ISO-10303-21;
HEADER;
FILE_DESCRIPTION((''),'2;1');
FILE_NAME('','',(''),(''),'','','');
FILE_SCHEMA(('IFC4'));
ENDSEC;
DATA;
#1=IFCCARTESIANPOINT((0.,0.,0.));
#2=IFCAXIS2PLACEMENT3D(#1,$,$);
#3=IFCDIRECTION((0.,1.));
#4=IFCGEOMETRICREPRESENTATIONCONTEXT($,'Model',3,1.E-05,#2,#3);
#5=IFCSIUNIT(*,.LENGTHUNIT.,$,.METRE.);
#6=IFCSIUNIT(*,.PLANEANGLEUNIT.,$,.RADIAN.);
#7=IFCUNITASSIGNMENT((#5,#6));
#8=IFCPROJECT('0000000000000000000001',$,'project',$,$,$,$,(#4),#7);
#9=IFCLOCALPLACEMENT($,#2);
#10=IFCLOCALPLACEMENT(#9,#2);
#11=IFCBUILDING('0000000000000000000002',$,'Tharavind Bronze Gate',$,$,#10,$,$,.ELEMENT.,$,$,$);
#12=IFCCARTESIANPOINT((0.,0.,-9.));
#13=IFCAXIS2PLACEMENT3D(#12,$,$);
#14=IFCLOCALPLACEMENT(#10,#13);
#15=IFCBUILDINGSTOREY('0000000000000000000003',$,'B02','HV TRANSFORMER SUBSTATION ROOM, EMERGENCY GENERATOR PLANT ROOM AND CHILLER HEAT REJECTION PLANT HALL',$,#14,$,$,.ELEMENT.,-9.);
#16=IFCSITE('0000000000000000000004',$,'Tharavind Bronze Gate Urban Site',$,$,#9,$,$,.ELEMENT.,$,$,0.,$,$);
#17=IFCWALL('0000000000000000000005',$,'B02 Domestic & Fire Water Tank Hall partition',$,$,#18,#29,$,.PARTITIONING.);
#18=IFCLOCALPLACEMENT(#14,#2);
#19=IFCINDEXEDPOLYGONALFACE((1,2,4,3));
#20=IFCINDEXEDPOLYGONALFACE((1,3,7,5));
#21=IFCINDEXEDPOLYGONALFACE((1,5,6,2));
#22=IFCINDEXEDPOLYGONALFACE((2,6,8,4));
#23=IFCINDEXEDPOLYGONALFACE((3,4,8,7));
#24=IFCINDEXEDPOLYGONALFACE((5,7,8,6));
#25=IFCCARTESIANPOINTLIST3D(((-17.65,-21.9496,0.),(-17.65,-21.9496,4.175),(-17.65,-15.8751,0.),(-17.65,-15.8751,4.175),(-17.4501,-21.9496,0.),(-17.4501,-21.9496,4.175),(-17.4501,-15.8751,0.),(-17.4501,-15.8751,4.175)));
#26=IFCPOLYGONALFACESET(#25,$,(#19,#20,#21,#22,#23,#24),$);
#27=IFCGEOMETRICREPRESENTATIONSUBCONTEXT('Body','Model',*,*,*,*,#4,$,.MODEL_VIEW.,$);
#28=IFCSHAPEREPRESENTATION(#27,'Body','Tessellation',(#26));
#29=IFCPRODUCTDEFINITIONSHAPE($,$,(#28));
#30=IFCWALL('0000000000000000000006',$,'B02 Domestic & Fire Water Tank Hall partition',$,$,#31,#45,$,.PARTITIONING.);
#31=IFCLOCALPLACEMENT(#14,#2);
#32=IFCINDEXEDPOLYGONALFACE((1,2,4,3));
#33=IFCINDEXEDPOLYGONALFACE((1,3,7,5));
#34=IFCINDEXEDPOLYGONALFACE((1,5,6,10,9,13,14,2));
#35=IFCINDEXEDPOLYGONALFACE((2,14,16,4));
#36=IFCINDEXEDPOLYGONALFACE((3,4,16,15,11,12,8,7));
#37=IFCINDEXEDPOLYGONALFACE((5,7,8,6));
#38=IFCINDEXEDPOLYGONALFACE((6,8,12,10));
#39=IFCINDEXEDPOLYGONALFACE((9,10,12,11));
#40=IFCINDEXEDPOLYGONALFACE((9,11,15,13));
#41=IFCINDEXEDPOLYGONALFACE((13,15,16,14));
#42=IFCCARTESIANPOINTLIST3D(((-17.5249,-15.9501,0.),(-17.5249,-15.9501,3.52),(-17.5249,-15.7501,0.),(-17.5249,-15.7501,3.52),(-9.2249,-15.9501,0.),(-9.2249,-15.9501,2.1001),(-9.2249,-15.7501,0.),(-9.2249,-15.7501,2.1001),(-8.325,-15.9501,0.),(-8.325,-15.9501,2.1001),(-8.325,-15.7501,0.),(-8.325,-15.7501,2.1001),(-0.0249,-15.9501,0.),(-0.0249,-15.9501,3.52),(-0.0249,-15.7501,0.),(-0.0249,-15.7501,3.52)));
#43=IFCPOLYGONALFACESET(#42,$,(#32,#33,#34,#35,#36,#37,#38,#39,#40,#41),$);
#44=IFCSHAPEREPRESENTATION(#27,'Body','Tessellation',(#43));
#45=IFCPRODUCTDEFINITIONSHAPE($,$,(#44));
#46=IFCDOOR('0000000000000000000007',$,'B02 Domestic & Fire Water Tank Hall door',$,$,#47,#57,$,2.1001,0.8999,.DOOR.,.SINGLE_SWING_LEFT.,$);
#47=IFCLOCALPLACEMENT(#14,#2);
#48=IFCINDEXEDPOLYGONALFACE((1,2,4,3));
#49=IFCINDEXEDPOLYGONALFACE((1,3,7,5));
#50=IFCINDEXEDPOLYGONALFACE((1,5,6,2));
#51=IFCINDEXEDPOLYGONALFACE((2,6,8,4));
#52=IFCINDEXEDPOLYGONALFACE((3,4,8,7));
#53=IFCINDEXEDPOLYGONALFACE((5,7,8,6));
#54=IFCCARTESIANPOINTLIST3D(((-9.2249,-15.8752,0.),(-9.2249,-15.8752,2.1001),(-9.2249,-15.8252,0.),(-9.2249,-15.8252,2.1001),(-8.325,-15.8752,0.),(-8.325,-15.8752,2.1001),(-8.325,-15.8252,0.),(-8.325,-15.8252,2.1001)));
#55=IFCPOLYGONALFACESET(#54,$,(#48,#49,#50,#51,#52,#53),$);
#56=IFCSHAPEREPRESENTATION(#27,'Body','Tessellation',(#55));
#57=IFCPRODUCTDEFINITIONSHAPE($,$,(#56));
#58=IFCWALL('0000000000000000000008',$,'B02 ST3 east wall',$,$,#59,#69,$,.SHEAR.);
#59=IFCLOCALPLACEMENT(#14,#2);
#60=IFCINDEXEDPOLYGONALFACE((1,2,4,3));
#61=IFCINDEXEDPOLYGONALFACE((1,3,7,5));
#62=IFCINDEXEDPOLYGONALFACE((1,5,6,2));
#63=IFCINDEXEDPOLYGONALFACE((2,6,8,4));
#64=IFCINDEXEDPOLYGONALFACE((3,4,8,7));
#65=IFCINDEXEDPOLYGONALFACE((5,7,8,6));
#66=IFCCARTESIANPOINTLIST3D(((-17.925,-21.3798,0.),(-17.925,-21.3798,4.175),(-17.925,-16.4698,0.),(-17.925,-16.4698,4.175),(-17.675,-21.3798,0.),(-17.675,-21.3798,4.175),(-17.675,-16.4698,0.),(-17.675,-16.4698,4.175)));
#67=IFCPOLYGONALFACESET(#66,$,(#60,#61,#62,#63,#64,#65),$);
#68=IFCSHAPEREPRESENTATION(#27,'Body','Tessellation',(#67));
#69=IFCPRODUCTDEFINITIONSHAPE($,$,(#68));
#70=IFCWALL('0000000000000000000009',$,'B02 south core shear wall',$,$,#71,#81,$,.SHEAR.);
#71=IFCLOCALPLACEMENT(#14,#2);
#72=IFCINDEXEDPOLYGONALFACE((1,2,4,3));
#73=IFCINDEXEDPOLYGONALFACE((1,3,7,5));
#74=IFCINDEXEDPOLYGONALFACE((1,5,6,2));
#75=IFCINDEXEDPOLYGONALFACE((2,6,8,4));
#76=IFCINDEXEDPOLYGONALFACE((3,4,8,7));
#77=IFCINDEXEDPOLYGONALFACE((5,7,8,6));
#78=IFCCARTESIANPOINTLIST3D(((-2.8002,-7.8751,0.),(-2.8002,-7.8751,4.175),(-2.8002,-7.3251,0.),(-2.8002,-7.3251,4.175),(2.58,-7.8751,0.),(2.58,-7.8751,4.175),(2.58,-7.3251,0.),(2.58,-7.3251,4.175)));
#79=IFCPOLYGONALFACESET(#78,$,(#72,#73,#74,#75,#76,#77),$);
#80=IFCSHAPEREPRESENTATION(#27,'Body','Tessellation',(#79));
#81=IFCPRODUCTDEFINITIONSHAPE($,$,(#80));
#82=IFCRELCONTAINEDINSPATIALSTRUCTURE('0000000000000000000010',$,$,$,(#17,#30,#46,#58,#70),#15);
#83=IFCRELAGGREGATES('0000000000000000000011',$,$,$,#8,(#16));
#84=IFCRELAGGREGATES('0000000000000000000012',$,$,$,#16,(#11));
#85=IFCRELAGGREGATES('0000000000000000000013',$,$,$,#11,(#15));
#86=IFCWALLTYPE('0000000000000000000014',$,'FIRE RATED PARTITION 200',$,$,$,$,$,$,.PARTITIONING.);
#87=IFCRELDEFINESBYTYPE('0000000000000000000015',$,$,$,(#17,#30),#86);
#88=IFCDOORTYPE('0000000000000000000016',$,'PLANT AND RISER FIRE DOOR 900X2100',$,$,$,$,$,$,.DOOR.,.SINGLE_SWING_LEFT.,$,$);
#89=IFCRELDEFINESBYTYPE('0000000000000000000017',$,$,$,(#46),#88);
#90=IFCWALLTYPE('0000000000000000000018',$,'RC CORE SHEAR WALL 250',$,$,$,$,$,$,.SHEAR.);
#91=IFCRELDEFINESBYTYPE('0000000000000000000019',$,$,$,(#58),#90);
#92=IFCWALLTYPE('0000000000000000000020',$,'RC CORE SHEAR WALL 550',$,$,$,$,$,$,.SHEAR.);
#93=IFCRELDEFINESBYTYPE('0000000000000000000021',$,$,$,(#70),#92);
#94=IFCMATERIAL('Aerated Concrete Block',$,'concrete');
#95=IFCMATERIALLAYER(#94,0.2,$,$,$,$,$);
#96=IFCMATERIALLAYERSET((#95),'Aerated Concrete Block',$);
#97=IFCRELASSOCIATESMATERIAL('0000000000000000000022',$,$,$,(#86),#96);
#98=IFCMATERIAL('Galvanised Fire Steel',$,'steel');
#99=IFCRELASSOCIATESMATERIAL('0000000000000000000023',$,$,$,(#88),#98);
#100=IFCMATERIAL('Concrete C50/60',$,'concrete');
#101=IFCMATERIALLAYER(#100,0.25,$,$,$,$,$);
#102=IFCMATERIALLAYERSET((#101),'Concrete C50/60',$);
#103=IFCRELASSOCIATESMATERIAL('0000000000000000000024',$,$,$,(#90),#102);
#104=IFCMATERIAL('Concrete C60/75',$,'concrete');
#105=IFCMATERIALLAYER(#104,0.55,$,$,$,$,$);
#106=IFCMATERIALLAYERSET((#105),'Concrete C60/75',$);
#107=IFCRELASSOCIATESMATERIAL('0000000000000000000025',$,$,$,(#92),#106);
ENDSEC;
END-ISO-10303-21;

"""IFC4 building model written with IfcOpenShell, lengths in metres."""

from ifc_helpers import new_model, si_unit, direction, frame, frame_2d, origin, place, context, subcontext, project, spatial, rectangle, extrude, material, layer, layer_set, type_object, element, fill, save


model = new_model("IFC4")

# Units and contexts
model_context = context("Model", 3, precision=1e-05, world=origin(), true_north=direction((0.0, 1.0)))
body_context = subcontext(model_context, "Body", "Model", "MODEL_VIEW")
ifc_project = project(units=[si_unit("LENGTHUNIT", "METRE"), si_unit("PLANEANGLEUNIT", "RADIAN")], contexts=[model_context])

# Site, building, storey
site_placement = place(None, origin())
site = spatial("IfcSite", under=ifc_project, at=site_placement, Name="Tharavind Bronze Gate Urban Site", CompositionType="ELEMENT", RefElevation=0.0)
building_placement = place(site_placement, origin())
building = spatial("IfcBuilding", under=site, at=building_placement, Name="Tharavind Bronze Gate", CompositionType="ELEMENT")
storey_placement = place(building_placement, frame((0.0, 0.0, -9.0)))
storey = spatial("IfcBuildingStorey", under=building, at=storey_placement, Name="B02", Description="HV TRANSFORMER SUBSTATION ROOM, EMERGENCY GENERATOR PLANT ROOM AND CHILLER HEAT REJECTION PLANT HALL", CompositionType="ELEMENT", Elevation=-9.0)

# Shared definitions
ifc_material_1 = material(Name="Concrete C50/60", Category="concrete")

# Wall
ifc_material_2 = material(Name="Aerated Concrete Block", Category="concrete")
ifc_layer_1 = layer(ifc_material_2, 0.2)
ifc_layer_set_1 = layer_set([ifc_layer_1], Name="Aerated Concrete Block")
wall_type_1 = type_object("IfcWallType", Name="FIRE RATED PARTITION 200", PredefinedType="PARTITIONING", material=ifc_layer_set_1)
wall_1_placement = place(storey_placement, frame((-17.55, -21.9495, 0.0), z_axis=(0.0, 0.0, 1.0), x_axis=(0.0, 1.0, 0.0)))
element("IfcWall", 1, at=wall_1_placement, inside=storey, type_object=wall_type_1, Name="B02 Domestic & Fire Water Tank Hall partition", PredefinedType="PARTITIONING", context=body_context, shape_type="SweptSolid", body=[
    extrude(rectangle(XDim=6.0745, YDim=0.2, at=frame_2d((3.0371, 0.0))), origin(), (0.0, 0.0, 1.0), 4.175),
])

# Wall, opening, door
wall_2_placement = place(storey_placement, frame((-17.5249, -15.8501, 0.0), z_axis=(0.0, 0.0, 1.0), x_axis=(1.0, 0.0, 0.0)))
wall_2 = element("IfcWall", 2, at=wall_2_placement, inside=storey, type_object=wall_type_1, Name="B02 Domestic & Fire Water Tank Hall partition", PredefinedType="PARTITIONING", context=body_context, shape_type="SweptSolid", body=[
    extrude(rectangle(XDim=17.5, YDim=0.2, at=frame_2d((8.75, 0.0))), origin(), (0.0, 0.0, 1.0), 3.52),
])
opening_placement = place(wall_2_placement, frame((8.3, 0.0, 0.0)))
opening = element("IfcOpeningElement", 3, at=opening_placement, cuts=wall_2, PredefinedType="OPENING", context=body_context, shape_type="SweptSolid", body=[
    extrude(rectangle(XDim=0.8999, YDim=2.1001, at=frame_2d((0.45, 1.05))), frame((0.0, 0.1101, 0.0), z_axis=(0.0, -1.0, 0.0), x_axis=(1.0, 0.0, 0.0)), (0.0, 0.0, 1.0), 0.22),
])
ifc_material_3 = material(Name="Galvanised Fire Steel", Category="steel")
door_type = type_object("IfcDoorType", Name="PLANT AND RISER FIRE DOOR 900X2100", OperationType="SINGLE_SWING_LEFT", PredefinedType="DOOR", material=ifc_material_3)
door_placement = place(opening_placement, origin())
door = element("IfcDoor", 4, at=door_placement, inside=storey, type_object=door_type, Name="B02 Domestic & Fire Water Tank Hall door", OperationType="SINGLE_SWING_LEFT", OverallHeight=2.1001, OverallWidth=0.8999, PredefinedType="DOOR", context=body_context, shape_type="SweptSolid", body=[
    extrude(rectangle(XDim=0.8999, YDim=2.1001, at=frame_2d((0.45, 1.05))), frame((0.0, 0.0249, 0.0), z_axis=(0.0, -1.0, 0.0), x_axis=(1.0, 0.0, 0.0)), (0.0, 0.0, 1.0), 0.05),
])
fill(opening, door)

# Walls
ifc_layer_2 = layer(ifc_material_1, 0.25)
ifc_layer_set_2 = layer_set([ifc_layer_2], Name="Concrete C50/60")
wall_type_2 = type_object("IfcWallType", Name="RC CORE SHEAR WALL 250", PredefinedType="SHEAR", material=ifc_layer_set_2)
wall_3_placement = place(storey_placement, frame((-17.8, -21.3799, 0.0), z_axis=(0.0, 0.0, 1.0), x_axis=(0.0, 1.0, 0.0)))
element("IfcWall", 5, at=wall_3_placement, inside=storey, type_object=wall_type_2, Name="B02 ST3 east wall", PredefinedType="SHEAR", context=body_context, shape_type="SweptSolid", body=[
    extrude(rectangle(XDim=4.9099, YDim=0.25, at=frame_2d((2.4551, 0.0))), origin(), (0.0, 0.0, 1.0), 4.175),
])
ifc_material_4 = material(Name="Concrete C60/75", Category="concrete")
ifc_layer_3 = layer(ifc_material_4, 0.55)
ifc_layer_set_3 = layer_set([ifc_layer_3], Name="Concrete C60/75")
wall_type_3 = type_object("IfcWallType", Name="RC CORE SHEAR WALL 550", PredefinedType="SHEAR", material=ifc_layer_set_3)
wall_4_placement = place(storey_placement, frame((-2.8, -7.6001, 0.0), z_axis=(0.0, 0.0, 1.0), x_axis=(1.0, 0.0, 0.0)))
element("IfcWall", 6, at=wall_4_placement, inside=storey, type_object=wall_type_3, Name="B02 south core shear wall", PredefinedType="SHEAR", context=body_context, shape_type="SweptSolid", body=[
    extrude(rectangle(XDim=5.3801, YDim=0.55, at=frame_2d((2.6899, 0.0))), origin(), (0.0, 0.0, 1.0), 4.175),
])

save(model, "model.ifc")
